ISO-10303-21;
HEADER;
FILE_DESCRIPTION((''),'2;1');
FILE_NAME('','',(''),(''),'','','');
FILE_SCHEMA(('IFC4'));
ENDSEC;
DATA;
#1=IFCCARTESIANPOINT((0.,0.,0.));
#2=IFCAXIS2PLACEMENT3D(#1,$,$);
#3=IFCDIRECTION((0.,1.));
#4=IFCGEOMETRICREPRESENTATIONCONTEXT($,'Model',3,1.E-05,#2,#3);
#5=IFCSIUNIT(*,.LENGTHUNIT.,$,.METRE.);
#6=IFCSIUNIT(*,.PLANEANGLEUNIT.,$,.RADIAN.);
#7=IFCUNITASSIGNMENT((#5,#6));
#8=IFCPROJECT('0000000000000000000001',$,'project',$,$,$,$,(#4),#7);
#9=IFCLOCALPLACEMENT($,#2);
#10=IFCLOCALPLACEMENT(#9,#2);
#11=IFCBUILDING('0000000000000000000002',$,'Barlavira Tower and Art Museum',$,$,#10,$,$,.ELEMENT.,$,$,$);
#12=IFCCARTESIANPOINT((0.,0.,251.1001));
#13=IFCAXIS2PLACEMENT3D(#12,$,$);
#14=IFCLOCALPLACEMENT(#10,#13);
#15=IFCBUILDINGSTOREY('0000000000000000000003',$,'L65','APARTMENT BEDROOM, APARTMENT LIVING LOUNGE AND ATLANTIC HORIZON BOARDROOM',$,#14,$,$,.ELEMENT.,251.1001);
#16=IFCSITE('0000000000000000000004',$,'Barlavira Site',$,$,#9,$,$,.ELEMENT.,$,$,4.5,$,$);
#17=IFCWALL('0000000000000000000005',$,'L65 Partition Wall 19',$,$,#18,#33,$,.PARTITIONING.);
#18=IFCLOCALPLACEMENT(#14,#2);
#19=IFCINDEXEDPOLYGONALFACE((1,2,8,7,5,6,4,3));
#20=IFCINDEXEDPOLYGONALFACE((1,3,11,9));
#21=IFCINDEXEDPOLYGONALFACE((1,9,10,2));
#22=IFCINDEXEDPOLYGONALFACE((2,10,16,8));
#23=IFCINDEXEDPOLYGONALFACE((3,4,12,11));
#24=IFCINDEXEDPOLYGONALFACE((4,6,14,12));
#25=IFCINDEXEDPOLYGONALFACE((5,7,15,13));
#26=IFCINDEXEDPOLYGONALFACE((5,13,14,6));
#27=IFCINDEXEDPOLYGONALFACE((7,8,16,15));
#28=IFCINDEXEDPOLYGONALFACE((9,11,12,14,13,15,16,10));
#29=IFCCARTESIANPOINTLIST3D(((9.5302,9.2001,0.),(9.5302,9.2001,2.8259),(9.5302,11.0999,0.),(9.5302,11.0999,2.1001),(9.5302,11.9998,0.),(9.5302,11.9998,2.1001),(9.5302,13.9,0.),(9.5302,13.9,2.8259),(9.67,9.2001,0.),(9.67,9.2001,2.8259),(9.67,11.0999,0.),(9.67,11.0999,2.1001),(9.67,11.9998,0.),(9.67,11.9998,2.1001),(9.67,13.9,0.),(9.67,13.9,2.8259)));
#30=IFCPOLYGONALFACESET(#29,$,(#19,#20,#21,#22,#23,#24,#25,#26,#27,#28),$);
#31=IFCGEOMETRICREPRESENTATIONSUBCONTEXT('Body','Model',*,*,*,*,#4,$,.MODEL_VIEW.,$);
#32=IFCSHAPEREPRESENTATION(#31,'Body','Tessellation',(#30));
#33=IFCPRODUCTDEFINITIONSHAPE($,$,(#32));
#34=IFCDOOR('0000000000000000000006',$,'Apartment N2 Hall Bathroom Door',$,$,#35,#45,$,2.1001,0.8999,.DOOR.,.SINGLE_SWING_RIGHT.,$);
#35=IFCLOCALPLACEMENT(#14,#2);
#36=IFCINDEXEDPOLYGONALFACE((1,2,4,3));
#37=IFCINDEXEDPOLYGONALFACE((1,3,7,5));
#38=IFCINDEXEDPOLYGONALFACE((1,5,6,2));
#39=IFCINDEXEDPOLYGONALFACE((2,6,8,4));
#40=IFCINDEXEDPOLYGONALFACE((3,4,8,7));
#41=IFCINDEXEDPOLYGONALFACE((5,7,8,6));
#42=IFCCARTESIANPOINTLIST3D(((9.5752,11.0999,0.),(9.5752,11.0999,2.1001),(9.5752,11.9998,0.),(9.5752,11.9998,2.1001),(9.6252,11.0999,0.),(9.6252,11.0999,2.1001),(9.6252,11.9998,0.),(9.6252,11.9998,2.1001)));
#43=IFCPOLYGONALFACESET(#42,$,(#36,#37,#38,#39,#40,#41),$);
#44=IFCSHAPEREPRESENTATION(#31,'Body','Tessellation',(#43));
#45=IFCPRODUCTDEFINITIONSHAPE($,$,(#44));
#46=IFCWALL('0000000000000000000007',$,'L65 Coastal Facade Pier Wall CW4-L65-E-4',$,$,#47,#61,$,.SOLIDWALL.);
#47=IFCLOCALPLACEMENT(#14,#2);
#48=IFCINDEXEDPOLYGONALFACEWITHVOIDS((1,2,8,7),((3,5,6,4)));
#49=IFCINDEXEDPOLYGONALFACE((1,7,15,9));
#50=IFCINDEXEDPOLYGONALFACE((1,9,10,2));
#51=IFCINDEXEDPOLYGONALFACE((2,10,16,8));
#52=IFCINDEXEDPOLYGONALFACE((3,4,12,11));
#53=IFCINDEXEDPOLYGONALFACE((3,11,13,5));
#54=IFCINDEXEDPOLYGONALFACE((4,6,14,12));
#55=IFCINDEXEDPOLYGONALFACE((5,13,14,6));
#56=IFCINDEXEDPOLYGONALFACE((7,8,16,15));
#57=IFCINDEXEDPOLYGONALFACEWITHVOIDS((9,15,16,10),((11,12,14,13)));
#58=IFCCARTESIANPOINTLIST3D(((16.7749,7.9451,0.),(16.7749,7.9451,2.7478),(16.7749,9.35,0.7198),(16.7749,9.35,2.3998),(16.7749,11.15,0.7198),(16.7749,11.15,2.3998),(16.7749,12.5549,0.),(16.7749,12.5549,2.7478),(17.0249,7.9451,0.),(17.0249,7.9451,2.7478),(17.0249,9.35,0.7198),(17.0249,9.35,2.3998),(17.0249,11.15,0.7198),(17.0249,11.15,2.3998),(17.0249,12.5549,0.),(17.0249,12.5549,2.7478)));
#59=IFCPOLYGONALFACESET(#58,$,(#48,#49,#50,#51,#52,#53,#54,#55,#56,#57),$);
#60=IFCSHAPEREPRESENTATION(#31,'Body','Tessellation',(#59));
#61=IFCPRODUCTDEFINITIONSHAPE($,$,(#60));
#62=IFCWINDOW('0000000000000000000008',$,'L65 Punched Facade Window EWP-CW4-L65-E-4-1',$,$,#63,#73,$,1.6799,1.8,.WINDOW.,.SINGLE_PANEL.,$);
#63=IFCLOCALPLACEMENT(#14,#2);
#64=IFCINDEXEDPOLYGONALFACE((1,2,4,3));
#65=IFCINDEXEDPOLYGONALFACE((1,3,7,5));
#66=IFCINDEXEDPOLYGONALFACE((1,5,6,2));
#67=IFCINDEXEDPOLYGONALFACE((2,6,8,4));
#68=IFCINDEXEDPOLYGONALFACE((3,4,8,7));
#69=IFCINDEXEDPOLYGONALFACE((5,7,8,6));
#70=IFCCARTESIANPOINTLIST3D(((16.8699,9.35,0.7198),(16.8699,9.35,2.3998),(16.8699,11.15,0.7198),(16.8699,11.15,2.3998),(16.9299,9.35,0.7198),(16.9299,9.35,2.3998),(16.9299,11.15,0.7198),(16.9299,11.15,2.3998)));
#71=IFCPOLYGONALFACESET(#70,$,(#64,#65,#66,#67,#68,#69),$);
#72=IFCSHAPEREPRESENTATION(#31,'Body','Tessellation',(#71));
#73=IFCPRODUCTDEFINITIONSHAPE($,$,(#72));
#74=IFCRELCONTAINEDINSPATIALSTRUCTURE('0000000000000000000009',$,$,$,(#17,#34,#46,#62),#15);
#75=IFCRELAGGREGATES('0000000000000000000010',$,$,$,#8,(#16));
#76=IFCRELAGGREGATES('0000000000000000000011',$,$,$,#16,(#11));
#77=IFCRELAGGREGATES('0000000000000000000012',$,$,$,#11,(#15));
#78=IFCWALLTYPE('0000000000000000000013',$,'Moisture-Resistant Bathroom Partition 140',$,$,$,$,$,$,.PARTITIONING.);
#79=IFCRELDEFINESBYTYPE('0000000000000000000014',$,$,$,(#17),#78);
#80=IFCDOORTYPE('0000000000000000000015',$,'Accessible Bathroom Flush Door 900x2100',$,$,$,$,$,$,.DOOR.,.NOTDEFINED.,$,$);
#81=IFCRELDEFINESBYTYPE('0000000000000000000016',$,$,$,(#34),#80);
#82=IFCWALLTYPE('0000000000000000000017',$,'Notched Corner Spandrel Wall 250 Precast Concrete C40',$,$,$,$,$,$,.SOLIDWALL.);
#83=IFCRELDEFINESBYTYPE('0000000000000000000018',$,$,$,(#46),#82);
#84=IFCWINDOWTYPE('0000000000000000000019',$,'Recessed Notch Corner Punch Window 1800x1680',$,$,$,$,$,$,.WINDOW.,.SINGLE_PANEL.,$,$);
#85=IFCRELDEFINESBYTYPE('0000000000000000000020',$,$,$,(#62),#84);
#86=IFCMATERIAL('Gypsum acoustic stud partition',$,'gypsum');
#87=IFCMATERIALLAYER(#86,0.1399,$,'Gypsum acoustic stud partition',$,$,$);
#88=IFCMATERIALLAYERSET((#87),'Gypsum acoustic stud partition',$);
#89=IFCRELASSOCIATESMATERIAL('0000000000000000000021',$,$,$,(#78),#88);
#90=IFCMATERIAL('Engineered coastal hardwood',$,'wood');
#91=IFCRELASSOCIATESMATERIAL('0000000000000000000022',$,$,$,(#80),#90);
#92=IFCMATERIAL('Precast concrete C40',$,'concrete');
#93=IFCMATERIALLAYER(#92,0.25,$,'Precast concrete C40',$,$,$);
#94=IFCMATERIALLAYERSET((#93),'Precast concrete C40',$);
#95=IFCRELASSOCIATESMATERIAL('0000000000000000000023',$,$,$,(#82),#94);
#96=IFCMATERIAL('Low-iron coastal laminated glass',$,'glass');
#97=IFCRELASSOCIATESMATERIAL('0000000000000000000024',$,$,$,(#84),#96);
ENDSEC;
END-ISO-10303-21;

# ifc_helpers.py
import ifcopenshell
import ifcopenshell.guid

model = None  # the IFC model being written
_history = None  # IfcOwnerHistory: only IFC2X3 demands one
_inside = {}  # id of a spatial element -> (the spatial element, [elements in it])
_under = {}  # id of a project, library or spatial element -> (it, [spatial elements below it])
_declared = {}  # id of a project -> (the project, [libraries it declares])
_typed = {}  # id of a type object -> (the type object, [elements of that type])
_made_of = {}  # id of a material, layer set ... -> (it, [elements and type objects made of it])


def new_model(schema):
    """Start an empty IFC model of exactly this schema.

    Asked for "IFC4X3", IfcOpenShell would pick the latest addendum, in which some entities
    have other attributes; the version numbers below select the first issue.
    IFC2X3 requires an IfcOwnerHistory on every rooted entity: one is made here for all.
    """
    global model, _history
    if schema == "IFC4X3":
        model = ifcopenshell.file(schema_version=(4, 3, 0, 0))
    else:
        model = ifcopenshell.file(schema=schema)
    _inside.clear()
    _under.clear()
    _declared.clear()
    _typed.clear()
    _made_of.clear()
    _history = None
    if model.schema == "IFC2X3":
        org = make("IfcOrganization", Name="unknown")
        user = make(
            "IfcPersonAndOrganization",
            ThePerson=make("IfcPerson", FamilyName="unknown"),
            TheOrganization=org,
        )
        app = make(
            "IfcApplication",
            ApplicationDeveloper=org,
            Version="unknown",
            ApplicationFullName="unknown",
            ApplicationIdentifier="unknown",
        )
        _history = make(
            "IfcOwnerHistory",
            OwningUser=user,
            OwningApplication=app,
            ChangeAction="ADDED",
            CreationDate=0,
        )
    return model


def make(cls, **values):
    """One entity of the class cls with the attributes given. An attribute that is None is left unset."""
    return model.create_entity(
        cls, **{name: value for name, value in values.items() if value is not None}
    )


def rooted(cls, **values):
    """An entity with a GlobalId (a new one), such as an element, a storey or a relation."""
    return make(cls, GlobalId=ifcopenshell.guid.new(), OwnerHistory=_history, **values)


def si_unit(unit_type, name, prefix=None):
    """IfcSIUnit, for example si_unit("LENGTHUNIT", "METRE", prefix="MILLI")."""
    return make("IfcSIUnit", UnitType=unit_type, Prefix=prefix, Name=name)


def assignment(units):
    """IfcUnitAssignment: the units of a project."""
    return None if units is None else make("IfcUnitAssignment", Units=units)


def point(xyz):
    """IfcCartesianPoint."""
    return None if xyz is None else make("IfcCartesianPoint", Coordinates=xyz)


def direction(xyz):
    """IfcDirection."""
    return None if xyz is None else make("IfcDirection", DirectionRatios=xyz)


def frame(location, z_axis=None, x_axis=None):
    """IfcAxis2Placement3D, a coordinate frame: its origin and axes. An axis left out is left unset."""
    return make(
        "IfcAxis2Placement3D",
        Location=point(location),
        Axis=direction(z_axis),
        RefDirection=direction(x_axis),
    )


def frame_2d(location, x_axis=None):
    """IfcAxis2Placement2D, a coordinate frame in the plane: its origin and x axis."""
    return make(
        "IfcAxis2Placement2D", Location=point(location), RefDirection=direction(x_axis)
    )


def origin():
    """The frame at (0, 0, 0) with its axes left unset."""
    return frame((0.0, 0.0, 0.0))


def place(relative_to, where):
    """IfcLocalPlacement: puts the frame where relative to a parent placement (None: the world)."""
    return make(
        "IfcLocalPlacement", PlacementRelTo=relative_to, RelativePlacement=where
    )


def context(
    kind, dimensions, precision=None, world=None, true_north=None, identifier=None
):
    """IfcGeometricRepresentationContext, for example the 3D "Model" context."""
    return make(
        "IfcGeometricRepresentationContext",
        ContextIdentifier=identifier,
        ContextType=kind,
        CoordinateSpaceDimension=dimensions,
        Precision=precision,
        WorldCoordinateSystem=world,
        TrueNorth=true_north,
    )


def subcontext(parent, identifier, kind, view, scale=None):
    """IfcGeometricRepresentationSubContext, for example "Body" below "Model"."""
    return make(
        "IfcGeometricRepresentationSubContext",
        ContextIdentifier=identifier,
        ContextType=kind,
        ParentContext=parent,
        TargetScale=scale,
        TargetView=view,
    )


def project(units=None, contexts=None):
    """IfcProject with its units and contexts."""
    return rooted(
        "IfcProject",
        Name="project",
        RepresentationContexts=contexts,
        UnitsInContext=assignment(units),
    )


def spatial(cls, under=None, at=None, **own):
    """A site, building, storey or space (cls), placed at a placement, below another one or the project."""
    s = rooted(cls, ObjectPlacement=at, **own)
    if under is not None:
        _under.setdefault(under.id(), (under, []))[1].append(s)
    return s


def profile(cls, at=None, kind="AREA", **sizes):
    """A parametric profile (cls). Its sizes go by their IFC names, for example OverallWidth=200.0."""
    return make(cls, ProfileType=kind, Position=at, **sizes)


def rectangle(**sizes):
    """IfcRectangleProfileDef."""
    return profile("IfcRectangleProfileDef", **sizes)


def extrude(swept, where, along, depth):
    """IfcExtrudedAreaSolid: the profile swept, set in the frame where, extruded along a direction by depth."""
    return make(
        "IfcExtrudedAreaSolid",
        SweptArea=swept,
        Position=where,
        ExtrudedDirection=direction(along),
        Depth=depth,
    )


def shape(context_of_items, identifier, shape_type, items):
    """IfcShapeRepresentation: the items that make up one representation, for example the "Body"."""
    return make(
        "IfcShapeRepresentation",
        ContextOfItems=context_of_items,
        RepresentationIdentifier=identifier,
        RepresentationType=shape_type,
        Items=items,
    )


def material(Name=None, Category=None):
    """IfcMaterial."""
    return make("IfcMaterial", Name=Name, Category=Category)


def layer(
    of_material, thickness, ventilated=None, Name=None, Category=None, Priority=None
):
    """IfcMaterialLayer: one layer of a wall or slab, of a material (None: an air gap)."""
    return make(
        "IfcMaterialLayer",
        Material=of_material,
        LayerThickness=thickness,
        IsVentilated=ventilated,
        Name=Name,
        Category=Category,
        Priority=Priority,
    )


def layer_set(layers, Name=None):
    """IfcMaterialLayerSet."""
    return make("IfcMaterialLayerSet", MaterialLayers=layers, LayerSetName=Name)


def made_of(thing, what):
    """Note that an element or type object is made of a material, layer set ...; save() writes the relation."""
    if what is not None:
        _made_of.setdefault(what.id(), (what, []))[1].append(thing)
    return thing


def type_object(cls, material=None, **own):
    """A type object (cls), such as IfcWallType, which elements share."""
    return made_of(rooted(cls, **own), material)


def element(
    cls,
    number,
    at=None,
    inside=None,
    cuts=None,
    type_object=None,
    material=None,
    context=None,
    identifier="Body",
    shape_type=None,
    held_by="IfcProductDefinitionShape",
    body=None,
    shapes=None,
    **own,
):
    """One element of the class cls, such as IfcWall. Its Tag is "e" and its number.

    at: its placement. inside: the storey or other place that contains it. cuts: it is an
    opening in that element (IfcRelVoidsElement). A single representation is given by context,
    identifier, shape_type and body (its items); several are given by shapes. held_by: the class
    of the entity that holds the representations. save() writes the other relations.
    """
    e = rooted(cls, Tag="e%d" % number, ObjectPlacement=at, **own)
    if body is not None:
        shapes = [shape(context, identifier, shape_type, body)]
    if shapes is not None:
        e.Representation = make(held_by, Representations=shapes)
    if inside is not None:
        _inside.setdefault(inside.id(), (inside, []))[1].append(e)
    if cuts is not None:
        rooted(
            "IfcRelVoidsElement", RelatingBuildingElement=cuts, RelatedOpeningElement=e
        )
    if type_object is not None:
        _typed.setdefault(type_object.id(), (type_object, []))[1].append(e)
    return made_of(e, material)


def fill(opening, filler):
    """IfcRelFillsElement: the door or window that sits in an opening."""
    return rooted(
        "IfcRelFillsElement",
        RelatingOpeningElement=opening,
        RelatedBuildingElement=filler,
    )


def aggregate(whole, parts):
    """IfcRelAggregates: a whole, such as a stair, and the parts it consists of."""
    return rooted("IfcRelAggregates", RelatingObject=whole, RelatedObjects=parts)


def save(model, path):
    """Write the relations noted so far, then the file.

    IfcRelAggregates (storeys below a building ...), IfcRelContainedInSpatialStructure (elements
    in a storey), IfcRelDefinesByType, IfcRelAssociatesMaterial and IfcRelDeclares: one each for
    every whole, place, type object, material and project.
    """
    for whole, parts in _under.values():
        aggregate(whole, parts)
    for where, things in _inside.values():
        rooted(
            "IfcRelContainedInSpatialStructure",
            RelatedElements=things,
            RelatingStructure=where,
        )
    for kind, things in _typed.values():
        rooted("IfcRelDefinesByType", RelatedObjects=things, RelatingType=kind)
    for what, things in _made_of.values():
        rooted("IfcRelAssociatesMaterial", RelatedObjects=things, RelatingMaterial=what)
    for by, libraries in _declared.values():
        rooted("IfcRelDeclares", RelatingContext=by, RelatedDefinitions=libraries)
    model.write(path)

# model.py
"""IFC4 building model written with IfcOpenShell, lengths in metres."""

from ifc_helpers import new_model, si_unit, direction, frame, frame_2d, origin, place, context, subcontext, project, spatial, rectangle, extrude, material, layer, layer_set, type_object, element, fill, save


model = new_model("IFC4")

# Units and contexts
model_context = context("Model", 3, precision=1e-05, world=origin(), true_north=direction((0.0, 1.0)))
body_context = subcontext(model_context, "Body", "Model", "MODEL_VIEW")
ifc_project = project(units=[si_unit("LENGTHUNIT", "METRE"), si_unit("PLANEANGLEUNIT", "RADIAN")], contexts=[model_context])

# Site, building, storey
site_placement = place(None, origin())
site = spatial("IfcSite", under=ifc_project, at=site_placement, Name="Barlavira Site", CompositionType="ELEMENT", RefElevation=4.5)
building_placement = place(site_placement, origin())
building = spatial("IfcBuilding", under=site, at=building_placement, Name="Barlavira Tower and Art Museum", CompositionType="ELEMENT")
storey_placement = place(building_placement, frame((0.0, 0.0, 251.1001)))
storey = spatial("IfcBuildingStorey", under=building, at=storey_placement, Name="L65", Description="APARTMENT BEDROOM, APARTMENT LIVING LOUNGE AND ATLANTIC HORIZON BOARDROOM", CompositionType="ELEMENT", Elevation=251.1001)

# Shared definitions
ifc_material_1 = material(Name="Low-iron coastal laminated glass", Category="glass")

# Shared definitions
ifc_material_2 = material(Name="Gypsum acoustic stud partition", Category="gypsum")
ifc_material_3 = material(Name="Engineered coastal hardwood", Category="wood")

# Wall, opening, door
ifc_layer_1 = layer(ifc_material_2, 0.1399, Name="Gypsum acoustic stud partition")
ifc_layer_set_1 = layer_set([ifc_layer_1], Name="Gypsum acoustic stud partition")
wall_type_1 = type_object("IfcWallType", Name="Moisture-Resistant Bathroom Partition 140", PredefinedType="PARTITIONING", material=ifc_layer_set_1)
wall_1_placement = place(storey_placement, frame((9.6001, 9.2, 0.0), z_axis=(0.0, 0.0, 1.0), x_axis=(0.0, 1.0, 0.0)))
wall_1 = element("IfcWall", 1, at=wall_1_placement, inside=storey, type_object=wall_type_1, Name="L65 Partition Wall 19", PredefinedType="PARTITIONING", context=body_context, shape_type="SweptSolid", body=[
    extrude(rectangle(XDim=4.7, YDim=0.1399, at=frame_2d((2.3501, 0.0))), origin(), (0.0, 0.0, 1.0), 2.8259),
])
opening_1_placement = place(wall_1_placement, frame((1.8999, 0.0, 0.0)))
opening_1 = element("IfcOpeningElement", 2, at=opening_1_placement, cuts=wall_1, PredefinedType="OPENING", context=body_context, shape_type="SweptSolid", body=[
    extrude(rectangle(XDim=0.8999, YDim=2.1001, at=frame_2d((0.45, 1.05))), frame((0.0, 0.0801, 0.0), z_axis=(0.0, -1.0, 0.0), x_axis=(1.0, 0.0, 0.0)), (0.0, 0.0, 1.0), 0.1599),
])
door_type_1 = type_object("IfcDoorType", Name="Accessible Bathroom Flush Door 900x2100", OperationType="NOTDEFINED", PredefinedType="DOOR", material=ifc_material_3)
door_1_placement = place(opening_1_placement, origin())
door_1 = element("IfcDoor", 3, at=door_1_placement, inside=storey, type_object=door_type_1, Name="Apartment N2 Hall Bathroom Door", OperationType="SINGLE_SWING_RIGHT", OverallHeight=2.1001, OverallWidth=0.8999, PredefinedType="DOOR", context=body_context, shape_type="SweptSolid", body=[
    extrude(rectangle(XDim=0.8999, YDim=2.1001, at=frame_2d((0.45, 1.05))), frame((0.0, 0.0249, 0.0), z_axis=(0.0, -1.0, 0.0), x_axis=(1.0, 0.0, 0.0)), (0.0, 0.0, 1.0), 0.05),
])
fill(opening_1, door_1)

# Wall, opening, window
ifc_material_4 = material(Name="Precast concrete C40", Category="concrete")
ifc_layer_2 = layer(ifc_material_4, 0.25, Name="Precast concrete C40")
ifc_layer_set_2 = layer_set([ifc_layer_2], Name="Precast concrete C40")
wall_type_2 = type_object("IfcWallType", Name="Notched Corner Spandrel Wall 250 Precast Concrete C40", PredefinedType="SOLIDWALL", material=ifc_layer_set_2)
wall_2_placement = place(storey_placement, frame((16.8999, 7.9451, 0.0), z_axis=(0.0, 0.0, 1.0), x_axis=(0.0, 1.0, 0.0)))
wall_2 = element("IfcWall", 4, at=wall_2_placement, inside=storey, type_object=wall_type_2, Name="L65 Coastal Facade Pier Wall CW4-L65-E-4", PredefinedType="SOLIDWALL", context=body_context, shape_type="SweptSolid", body=[
    extrude(rectangle(XDim=4.6099, YDim=0.25, at=frame_2d((2.3049, 0.0))), origin(), (0.0, 0.0, 1.0), 2.7478),
])
opening_2_placement = place(wall_2_placement, frame((1.405, 0.0, 0.72)))
opening_2 = element("IfcOpeningElement", 5, at=opening_2_placement, cuts=wall_2, PredefinedType="OPENING", context=body_context, shape_type="SweptSolid", body=[
    extrude(rectangle(XDim=1.8, YDim=1.6799, at=frame_2d((0.8999, 0.8398))), frame((0.0, 0.135, 0.0), z_axis=(0.0, -1.0, 0.0), x_axis=(1.0, 0.0, 0.0)), (0.0, 0.0, 1.0), 0.27),
])
window_type = type_object("IfcWindowType", Name="Recessed Notch Corner Punch Window 1800x1680", PartitioningType="SINGLE_PANEL", PredefinedType="WINDOW", material=ifc_material_1)
window_placement = place(opening_2_placement, origin())
window = element("IfcWindow", 6, at=window_placement, inside=storey, type_object=window_type, Name="L65 Punched Facade Window EWP-CW4-L65-E-4-1", OverallHeight=1.6799, OverallWidth=1.8, PartitioningType="SINGLE_PANEL", PredefinedType="WINDOW", context=body_context, shape_type="SweptSolid", body=[
    extrude(rectangle(XDim=1.8, YDim=1.6799, at=frame_2d((0.8999, 0.8398))), frame((0.0, 0.03, 0.0), z_axis=(0.0, -1.0, 0.0), x_axis=(1.0, 0.0, 0.0)), (0.0, 0.0, 1.0), 0.0601),
])
fill(opening_2, window)

save(model, "model.ifc")
